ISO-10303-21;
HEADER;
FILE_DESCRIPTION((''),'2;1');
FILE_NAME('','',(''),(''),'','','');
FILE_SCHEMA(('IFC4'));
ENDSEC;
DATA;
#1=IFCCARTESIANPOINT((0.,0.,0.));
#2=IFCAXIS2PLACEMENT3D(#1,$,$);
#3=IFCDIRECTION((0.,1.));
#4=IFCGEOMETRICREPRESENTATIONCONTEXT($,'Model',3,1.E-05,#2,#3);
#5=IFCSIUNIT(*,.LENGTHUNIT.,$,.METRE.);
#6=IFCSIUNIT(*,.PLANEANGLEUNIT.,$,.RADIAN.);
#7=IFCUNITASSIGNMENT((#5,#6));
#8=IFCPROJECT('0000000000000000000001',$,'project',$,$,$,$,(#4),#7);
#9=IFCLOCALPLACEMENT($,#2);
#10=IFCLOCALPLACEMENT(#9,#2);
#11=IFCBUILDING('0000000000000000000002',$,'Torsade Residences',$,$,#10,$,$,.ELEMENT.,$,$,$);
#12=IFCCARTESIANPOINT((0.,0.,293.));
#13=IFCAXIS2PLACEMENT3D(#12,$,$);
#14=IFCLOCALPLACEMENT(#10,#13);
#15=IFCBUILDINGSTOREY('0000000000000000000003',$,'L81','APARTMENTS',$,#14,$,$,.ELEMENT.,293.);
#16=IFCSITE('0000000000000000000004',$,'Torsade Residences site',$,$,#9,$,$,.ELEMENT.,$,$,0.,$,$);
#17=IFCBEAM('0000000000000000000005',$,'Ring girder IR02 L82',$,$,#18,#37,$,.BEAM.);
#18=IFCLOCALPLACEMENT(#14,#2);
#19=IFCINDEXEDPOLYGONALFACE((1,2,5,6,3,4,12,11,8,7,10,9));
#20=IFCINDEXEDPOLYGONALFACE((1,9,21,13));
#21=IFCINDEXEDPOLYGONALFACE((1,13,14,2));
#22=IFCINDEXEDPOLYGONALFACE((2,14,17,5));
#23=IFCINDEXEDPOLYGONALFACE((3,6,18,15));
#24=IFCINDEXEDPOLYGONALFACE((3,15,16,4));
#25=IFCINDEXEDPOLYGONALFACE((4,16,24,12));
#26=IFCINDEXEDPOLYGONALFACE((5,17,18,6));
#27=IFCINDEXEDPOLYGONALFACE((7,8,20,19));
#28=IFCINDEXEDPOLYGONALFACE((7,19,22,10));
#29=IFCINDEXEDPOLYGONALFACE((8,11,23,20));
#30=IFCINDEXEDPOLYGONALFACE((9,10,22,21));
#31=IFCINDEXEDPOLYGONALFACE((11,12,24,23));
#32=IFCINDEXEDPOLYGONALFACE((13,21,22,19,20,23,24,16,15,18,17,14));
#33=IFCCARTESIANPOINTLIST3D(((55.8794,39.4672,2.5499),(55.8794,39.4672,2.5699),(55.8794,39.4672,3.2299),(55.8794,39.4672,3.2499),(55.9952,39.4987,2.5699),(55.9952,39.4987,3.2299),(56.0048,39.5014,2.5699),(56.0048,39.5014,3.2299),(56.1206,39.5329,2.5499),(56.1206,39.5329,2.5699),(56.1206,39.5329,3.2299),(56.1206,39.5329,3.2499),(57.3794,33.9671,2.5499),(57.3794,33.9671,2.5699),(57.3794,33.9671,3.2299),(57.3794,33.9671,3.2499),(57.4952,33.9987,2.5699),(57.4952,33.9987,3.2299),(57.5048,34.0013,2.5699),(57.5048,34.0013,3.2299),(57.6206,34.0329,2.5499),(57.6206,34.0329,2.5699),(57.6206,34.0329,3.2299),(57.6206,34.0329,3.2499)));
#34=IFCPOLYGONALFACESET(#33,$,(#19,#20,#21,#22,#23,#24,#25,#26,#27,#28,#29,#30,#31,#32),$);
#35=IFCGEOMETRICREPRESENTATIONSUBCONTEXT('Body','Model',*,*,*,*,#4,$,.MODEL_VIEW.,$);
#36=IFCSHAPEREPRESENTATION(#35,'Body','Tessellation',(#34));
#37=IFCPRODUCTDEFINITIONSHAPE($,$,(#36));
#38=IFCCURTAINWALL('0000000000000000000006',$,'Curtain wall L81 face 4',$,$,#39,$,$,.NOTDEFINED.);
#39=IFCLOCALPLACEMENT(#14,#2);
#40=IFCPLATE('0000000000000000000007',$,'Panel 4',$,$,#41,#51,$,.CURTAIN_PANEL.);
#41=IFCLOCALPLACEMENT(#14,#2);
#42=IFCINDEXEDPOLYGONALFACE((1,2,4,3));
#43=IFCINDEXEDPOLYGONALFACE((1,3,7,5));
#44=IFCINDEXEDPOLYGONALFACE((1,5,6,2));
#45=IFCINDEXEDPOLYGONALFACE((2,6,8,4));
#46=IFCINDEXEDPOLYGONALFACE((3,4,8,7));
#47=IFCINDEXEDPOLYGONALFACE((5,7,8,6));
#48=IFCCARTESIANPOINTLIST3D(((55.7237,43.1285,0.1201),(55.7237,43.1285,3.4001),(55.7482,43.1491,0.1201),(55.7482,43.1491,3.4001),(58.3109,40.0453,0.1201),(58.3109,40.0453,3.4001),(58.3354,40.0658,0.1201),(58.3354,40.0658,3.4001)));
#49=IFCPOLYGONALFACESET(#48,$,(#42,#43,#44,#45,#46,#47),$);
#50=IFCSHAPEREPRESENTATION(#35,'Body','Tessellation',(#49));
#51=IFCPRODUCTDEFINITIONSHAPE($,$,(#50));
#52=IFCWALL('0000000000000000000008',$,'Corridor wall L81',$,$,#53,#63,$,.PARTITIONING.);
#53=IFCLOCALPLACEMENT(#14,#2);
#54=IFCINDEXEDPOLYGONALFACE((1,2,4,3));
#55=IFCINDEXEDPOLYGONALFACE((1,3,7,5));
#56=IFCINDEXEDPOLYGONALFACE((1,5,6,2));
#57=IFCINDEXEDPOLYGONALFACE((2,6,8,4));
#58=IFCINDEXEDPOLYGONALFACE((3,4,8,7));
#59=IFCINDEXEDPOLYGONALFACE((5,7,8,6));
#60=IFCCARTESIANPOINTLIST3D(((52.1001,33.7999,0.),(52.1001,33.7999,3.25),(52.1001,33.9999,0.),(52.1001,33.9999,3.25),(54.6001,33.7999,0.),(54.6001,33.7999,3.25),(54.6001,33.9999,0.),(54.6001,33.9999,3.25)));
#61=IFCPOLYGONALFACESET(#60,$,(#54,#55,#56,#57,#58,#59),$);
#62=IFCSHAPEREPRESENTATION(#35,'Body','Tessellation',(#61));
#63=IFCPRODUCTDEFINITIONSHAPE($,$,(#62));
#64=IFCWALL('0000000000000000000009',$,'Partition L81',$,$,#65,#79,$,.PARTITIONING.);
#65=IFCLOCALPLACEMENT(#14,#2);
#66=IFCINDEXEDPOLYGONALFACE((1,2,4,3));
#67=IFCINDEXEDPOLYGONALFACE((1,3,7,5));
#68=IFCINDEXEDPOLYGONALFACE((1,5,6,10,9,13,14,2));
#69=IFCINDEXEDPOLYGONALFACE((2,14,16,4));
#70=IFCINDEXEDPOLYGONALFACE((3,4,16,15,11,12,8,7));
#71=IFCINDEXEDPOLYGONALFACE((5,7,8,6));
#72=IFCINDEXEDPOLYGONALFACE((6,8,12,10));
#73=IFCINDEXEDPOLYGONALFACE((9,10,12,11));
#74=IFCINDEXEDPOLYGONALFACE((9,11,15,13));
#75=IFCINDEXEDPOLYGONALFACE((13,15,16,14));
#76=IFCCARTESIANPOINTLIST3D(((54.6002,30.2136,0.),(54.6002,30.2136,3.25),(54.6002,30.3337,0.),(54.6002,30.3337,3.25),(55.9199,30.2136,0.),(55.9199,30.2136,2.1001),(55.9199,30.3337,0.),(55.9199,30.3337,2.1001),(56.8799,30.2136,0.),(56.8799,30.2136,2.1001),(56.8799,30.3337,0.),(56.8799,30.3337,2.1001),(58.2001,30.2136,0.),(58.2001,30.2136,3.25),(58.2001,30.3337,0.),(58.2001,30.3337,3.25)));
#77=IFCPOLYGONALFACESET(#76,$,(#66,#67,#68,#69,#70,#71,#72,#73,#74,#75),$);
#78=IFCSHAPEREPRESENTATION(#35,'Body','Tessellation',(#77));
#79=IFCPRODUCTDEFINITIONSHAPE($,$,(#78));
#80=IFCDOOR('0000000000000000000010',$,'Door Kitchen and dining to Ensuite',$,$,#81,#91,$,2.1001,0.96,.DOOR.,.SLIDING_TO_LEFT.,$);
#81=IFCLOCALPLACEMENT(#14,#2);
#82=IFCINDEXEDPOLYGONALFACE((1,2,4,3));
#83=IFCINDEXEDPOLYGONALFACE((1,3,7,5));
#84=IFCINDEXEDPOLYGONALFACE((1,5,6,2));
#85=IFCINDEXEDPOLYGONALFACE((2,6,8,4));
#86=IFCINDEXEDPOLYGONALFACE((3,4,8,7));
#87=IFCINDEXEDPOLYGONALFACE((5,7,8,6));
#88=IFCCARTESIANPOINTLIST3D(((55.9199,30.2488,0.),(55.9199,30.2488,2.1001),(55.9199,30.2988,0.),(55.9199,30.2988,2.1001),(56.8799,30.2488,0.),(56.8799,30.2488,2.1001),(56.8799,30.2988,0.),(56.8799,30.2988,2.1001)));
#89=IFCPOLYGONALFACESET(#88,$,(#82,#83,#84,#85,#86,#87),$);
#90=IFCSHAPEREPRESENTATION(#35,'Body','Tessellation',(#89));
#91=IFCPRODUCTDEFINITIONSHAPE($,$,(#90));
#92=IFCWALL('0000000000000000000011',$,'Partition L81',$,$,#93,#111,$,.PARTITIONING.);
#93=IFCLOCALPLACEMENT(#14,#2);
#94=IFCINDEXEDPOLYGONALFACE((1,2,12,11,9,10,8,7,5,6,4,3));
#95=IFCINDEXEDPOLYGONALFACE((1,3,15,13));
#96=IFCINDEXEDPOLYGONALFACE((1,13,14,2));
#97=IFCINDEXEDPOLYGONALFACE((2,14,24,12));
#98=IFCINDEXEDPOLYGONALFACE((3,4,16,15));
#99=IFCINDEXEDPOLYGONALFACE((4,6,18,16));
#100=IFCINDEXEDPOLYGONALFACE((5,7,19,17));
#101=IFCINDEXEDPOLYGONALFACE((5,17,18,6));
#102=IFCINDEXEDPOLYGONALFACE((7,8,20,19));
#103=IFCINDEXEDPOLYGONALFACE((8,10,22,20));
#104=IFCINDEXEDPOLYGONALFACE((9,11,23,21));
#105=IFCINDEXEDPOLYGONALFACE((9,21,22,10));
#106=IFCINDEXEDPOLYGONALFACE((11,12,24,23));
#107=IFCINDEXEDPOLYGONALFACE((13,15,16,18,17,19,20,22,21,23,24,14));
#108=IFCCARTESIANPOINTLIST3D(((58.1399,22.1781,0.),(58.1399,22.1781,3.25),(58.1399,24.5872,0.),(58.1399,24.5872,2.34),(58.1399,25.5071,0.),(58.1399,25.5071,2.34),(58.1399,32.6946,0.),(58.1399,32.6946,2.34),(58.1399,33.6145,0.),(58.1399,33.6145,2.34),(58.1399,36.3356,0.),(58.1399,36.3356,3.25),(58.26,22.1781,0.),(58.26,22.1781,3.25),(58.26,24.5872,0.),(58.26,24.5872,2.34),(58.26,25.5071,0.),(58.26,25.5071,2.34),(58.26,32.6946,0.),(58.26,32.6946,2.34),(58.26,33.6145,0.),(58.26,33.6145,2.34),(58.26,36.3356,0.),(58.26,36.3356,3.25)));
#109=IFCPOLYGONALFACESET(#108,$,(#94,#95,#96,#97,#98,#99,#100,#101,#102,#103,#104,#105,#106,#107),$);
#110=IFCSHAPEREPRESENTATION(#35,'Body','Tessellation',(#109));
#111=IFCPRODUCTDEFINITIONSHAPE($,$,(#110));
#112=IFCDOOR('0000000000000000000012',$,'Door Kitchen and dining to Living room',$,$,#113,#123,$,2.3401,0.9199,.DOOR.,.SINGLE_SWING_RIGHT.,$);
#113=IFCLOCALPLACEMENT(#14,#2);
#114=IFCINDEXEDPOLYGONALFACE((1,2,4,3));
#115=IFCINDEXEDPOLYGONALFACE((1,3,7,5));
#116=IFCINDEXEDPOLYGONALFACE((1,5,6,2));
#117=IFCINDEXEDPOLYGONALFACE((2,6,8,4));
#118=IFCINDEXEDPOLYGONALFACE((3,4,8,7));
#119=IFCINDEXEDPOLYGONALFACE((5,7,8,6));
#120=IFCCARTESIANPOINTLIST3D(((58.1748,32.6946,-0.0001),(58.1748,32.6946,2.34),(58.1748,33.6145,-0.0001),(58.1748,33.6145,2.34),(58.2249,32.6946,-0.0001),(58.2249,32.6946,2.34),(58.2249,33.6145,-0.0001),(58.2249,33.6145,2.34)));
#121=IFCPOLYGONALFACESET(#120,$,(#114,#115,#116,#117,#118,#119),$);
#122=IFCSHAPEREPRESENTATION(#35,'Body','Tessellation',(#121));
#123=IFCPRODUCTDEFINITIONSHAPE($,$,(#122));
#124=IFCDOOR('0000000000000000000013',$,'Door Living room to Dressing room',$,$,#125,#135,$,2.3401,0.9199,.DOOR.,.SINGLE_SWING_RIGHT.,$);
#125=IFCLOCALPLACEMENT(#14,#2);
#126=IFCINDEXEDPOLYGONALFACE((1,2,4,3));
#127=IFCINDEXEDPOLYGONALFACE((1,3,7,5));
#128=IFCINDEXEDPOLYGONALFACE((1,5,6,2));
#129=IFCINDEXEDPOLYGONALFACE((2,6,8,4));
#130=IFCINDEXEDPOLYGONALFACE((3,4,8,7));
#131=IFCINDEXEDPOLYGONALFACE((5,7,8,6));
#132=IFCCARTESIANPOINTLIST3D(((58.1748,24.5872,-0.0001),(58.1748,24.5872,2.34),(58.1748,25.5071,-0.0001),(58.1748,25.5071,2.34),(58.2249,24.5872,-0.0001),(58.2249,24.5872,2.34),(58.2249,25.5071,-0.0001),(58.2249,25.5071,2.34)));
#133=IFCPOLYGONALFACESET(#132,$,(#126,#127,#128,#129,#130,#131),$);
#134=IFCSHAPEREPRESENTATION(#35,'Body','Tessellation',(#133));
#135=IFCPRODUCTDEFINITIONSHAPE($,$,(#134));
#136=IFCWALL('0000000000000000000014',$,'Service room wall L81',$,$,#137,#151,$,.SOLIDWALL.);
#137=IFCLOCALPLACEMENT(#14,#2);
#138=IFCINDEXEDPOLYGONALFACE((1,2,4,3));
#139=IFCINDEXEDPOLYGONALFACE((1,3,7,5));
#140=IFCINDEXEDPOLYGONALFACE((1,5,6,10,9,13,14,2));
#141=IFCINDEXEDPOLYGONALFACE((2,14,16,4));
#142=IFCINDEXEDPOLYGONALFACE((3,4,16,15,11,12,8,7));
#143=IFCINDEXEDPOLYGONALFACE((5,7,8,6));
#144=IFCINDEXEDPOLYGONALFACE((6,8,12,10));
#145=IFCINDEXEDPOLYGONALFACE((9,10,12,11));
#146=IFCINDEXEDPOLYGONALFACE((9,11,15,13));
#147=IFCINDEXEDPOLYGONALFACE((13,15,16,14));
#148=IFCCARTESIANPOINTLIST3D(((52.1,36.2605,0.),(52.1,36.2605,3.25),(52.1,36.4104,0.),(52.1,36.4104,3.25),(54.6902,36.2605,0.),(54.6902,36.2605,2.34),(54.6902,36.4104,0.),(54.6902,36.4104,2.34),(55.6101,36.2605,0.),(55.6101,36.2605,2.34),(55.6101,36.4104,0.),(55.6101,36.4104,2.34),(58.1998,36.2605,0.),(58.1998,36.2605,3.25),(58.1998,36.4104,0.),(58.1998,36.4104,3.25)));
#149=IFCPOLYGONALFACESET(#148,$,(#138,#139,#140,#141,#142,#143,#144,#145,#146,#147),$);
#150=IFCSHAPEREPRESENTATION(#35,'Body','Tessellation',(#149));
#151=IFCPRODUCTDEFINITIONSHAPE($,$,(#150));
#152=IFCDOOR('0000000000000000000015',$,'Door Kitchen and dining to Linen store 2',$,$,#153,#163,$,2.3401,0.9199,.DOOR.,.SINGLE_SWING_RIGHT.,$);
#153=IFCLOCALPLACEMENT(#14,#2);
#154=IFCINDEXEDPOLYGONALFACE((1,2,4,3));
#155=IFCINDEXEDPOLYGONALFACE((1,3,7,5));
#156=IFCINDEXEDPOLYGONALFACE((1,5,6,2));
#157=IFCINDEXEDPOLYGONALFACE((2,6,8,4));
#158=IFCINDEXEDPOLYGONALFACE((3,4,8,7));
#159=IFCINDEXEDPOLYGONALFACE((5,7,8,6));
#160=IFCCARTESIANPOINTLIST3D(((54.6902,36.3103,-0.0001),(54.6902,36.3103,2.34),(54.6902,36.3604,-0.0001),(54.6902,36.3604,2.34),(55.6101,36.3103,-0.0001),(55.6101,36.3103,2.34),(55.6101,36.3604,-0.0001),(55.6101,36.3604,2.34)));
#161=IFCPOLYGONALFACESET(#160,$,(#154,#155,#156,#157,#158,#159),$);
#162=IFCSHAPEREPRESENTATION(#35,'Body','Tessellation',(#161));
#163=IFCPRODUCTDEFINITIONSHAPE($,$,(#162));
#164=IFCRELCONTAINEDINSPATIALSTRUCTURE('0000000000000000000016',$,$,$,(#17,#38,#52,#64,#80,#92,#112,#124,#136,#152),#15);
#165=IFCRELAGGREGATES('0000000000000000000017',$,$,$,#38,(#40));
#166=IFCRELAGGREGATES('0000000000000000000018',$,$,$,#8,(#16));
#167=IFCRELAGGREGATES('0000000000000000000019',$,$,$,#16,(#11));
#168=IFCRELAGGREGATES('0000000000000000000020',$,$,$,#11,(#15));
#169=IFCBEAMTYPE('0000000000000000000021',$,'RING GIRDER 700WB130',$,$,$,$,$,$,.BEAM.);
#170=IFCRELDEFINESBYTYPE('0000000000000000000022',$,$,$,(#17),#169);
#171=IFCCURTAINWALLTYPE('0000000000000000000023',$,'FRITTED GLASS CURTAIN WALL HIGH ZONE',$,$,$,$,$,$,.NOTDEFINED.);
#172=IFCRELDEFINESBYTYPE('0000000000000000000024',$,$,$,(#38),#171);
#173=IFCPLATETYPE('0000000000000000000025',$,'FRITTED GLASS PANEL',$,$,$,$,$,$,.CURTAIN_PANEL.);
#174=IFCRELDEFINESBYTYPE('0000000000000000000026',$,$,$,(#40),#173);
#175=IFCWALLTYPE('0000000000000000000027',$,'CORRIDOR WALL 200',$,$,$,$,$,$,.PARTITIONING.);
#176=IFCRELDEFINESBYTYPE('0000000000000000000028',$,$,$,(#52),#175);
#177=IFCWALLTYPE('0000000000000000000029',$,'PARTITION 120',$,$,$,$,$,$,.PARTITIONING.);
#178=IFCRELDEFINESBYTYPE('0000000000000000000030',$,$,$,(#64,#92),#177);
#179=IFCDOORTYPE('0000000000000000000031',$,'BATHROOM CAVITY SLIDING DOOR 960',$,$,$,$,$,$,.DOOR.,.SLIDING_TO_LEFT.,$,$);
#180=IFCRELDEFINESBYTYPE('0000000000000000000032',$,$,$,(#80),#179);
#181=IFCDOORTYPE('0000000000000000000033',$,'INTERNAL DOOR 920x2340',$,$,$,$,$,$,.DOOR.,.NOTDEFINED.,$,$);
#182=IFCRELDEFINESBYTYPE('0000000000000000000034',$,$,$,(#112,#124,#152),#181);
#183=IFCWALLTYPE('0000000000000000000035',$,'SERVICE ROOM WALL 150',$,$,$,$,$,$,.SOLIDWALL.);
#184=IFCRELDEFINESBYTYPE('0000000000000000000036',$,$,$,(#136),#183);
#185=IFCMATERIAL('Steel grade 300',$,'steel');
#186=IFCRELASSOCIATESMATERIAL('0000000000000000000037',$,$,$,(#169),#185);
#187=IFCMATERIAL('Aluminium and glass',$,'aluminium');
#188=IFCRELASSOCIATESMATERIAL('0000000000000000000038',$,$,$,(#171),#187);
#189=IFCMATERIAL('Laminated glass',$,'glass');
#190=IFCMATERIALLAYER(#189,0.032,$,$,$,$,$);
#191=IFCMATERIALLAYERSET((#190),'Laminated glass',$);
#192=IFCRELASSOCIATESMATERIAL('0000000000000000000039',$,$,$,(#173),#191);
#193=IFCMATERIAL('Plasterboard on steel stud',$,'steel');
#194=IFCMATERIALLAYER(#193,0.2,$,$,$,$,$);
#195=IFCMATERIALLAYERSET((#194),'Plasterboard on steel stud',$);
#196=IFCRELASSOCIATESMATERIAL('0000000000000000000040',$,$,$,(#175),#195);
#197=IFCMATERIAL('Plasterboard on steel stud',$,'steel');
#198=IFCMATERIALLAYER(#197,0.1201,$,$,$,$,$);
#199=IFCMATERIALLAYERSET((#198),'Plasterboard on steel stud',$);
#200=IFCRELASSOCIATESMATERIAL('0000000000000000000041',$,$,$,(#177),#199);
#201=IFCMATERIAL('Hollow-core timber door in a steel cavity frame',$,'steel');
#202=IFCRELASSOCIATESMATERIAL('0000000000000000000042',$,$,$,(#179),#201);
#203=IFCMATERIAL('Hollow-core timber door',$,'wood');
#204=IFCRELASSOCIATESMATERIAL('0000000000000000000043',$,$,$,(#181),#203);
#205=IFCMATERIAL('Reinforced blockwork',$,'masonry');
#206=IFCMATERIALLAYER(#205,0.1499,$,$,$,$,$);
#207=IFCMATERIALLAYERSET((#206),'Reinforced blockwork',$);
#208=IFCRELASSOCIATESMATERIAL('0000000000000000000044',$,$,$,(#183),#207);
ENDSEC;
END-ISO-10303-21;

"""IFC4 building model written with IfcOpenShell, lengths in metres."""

from ifc_helpers import new_model, si_unit, direction, frame, frame_2d, origin, origin_2d, place, context, subcontext, project, spatial, rectangle, i_section, extrude, material, layer, layer_set, material_profile, profile_set, type_object, element, fill, aggregate, save


model = new_model("IFC4")

# Units and contexts
model_context = context("Model", 3, precision=1e-05, world=origin(), true_north=direction((0.0, 1.0)))
body_context = subcontext(model_context, "Body", "Model", "MODEL_VIEW")
ifc_project = project(units=[si_unit("LENGTHUNIT", "METRE"), si_unit("PLANEANGLEUNIT", "RADIAN")], contexts=[model_context])

# Site, building, storey
site_placement = place(None, origin())
site = spatial("IfcSite", under=ifc_project, at=site_placement, Name="Torsade Residences site", CompositionType="ELEMENT", RefElevation=0.0)
building_placement = place(site_placement, origin())
building = spatial("IfcBuilding", under=site, at=building_placement, Name="Torsade Residences", CompositionType="ELEMENT")
storey_placement = place(building_placement, frame((0.0, 0.0, 293.0)))
storey = spatial("IfcBuildingStorey", under=building, at=storey_placement, Name="L81", Description="APARTMENTS", CompositionType="ELEMENT", Elevation=293.0)

# Beam
ifc_material_1 = material(Name="Steel grade 300", Category="steel")
ifc_material_profile_1 = material_profile(ifc_material_1, i_section(OverallWidth=0.25, OverallDepth=0.7, WebThickness=0.01, FlangeThickness=0.02, at=origin_2d()), Name="700WB130")
ifc_profile_set_1 = profile_set([ifc_material_profile_1], Name="Steel grade 300")
beam_type_1 = type_object("IfcBeamType", Name="RING GIRDER 700WB130", PredefinedType="BEAM", material=ifc_profile_set_1)
beam_1_placement = place(storey_placement, frame((57.5, 34.0, 2.8999), z_axis=(-0.263117, 0.964764, 0.0), x_axis=(-0.964764, -0.263117, 0.0)))
element("IfcBeam", 1, at=beam_1_placement, inside=storey, type_object=beam_type_1, Name="Ring girder IR02 L82", PredefinedType="BEAM", context=body_context, shape_type="SweptSolid", body=[
    extrude(i_section(OverallWidth=0.25, OverallDepth=0.7, WebThickness=0.01, FlangeThickness=0.02, at=origin_2d()), origin(), (0.0, 0.0, 1.0), 5.7009),
])

# Curtain wall, plate
ifc_material_2 = material(Name="Aluminium and glass", Category="aluminium")
curtain_wall_type = type_object("IfcCurtainWallType", Name="FRITTED GLASS CURTAIN WALL HIGH ZONE", PredefinedType="NOTDEFINED", material=ifc_material_2)
curtain_wall_placement = place(storey_placement, origin())
curtain_wall = element("IfcCurtainWall", 2, at=curtain_wall_placement, inside=storey, type_object=curtain_wall_type, Name="Curtain wall L81 face 4", PredefinedType="NOTDEFINED")
ifc_material_3 = material(Name="Laminated glass", Category="glass")
ifc_layer_1 = layer(ifc_material_3, 0.032)
ifc_layer_set_1 = layer_set([ifc_layer_1], Name="Laminated glass")
plate_type = type_object("IfcPlateType", Name="FRITTED GLASS PANEL", PredefinedType="CURTAIN_PANEL", material=ifc_layer_set_1)
plate_placement = place(storey_placement, frame((57.0295, 41.5972, 0.1201), z_axis=(0.0, 0.0, 1.0), x_axis=(-0.642788, 0.766044, 0.0)))
plate = element("IfcPlate", 3, at=plate_placement, type_object=plate_type, Name="Panel 4", PredefinedType="CURTAIN_PANEL", context=body_context, shape_type="SweptSolid", body=[
    extrude(rectangle(XDim=4.0249, YDim=0.032, at=origin_2d()), origin(), (0.0, 0.0, 1.0), 3.28),
])
aggregate(curtain_wall, [plate])

# Wall
ifc_material_4 = material(Name="Plasterboard on steel stud", Category="steel")
ifc_layer_2 = layer(ifc_material_4, 0.2)
ifc_layer_set_2 = layer_set([ifc_layer_2], Name="Plasterboard on steel stud")
wall_type_1 = type_object("IfcWallType", Name="CORRIDOR WALL 200", PredefinedType="PARTITIONING", material=ifc_layer_set_2)
wall_1_placement = place(storey_placement, frame((52.1001, 33.8999, 0.0), z_axis=(0.0, 0.0, 1.0), x_axis=(1.0, 0.0, 0.0)))
element("IfcWall", 4, at=wall_1_placement, inside=storey, type_object=wall_type_1, Name="Corridor wall L81", PredefinedType="PARTITIONING", context=body_context, shape_type="SweptSolid", body=[
    extrude(rectangle(XDim=2.5, YDim=0.2, at=frame_2d((1.25, 0.0))), origin(), (0.0, 0.0, 1.0), 3.25),
])

# Wall, opening, door
ifc_material_5 = material(Name="Plasterboard on steel stud", Category="steel")
ifc_layer_3 = layer(ifc_material_5, 0.1201)
ifc_layer_set_3 = layer_set([ifc_layer_3], Name="Plasterboard on steel stud")
wall_type_2 = type_object("IfcWallType", Name="PARTITION 120", PredefinedType="PARTITIONING", material=ifc_layer_set_3)
wall_2_placement = place(storey_placement, frame((58.2, 30.2737, 0.0), z_axis=(0.0, 0.0, 1.0), x_axis=(-1.0, 0.0, 0.0)))
wall_2 = element("IfcWall", 5, at=wall_2_placement, inside=storey, type_object=wall_type_2, Name="Partition L81", PredefinedType="PARTITIONING", context=body_context, shape_type="SweptSolid", body=[
    extrude(rectangle(XDim=3.5999, YDim=0.1201, at=frame_2d((1.7998, 0.0))), origin(), (0.0, 0.0, 1.0), 3.25),
])
opening_1_placement = place(wall_2_placement, frame((1.3201, 0.0, 0.0)))
opening_1 = element("IfcOpeningElement", 6, at=opening_1_placement, cuts=wall_2, PredefinedType="OPENING", context=body_context, shape_type="SweptSolid", body=[
    extrude(rectangle(XDim=0.96, YDim=2.1001, at=frame_2d((0.48, 1.05))), frame((0.0, 0.0701, 0.0), z_axis=(0.0, -1.0, 0.0), x_axis=(1.0, 0.0, 0.0)), (0.0, 0.0, 1.0), 0.1401),
])
ifc_material_6 = material(Name="Hollow-core timber door in a steel cavity frame", Category="steel")
door_type_1 = type_object("IfcDoorType", Name="BATHROOM CAVITY SLIDING DOOR 960", OperationType="SLIDING_TO_LEFT", PredefinedType="DOOR", material=ifc_material_6)
door_1_placement = place(opening_1_placement, origin())
door_1 = element("IfcDoor", 7, at=door_1_placement, inside=storey, type_object=door_type_1, Name="Door Kitchen and dining to Ensuite", OperationType="SLIDING_TO_LEFT", OverallHeight=2.1001, OverallWidth=0.96, PredefinedType="DOOR", context=body_context, shape_type="SweptSolid", body=[
    extrude(rectangle(XDim=0.96, YDim=2.1001, at=frame_2d((0.48, 1.05))), frame((0.0, 0.0249, 0.0), z_axis=(0.0, -1.0, 0.0), x_axis=(1.0, 0.0, 0.0)), (0.0, 0.0, 1.0), 0.05),
])
fill(opening_1, door_1)

# Wall, openings, doors
wall_3_placement = place(storey_placement, frame((58.2, 36.3354, 0.0), z_axis=(0.0, 0.0, 1.0), x_axis=(0.0, -1.0, 0.0)))
wall_3 = element("IfcWall", 8, at=wall_3_placement, inside=storey, type_object=wall_type_2, Name="Partition L81", PredefinedType="PARTITIONING", context=body_context, shape_type="SweptSolid", body=[
    extrude(rectangle(XDim=14.1575, YDim=0.1201, at=frame_2d((7.0786, 0.0))), origin(), (0.0, 0.0, 1.0), 3.25),
])
opening_2_placement = place(wall_3_placement, frame((2.7209, 0.0, 0.0)))
opening_2 = element("IfcOpeningElement", 9, at=opening_2_placement, cuts=wall_3, PredefinedType="OPENING", context=body_context, shape_type="SweptSolid", body=[
    extrude(rectangle(XDim=0.9199, YDim=2.3401, at=frame_2d((0.46, 1.1699))), frame((0.0, 0.0701, 0.0), z_axis=(0.0, -1.0, 0.0), x_axis=(1.0, 0.0, 0.0)), (0.0, 0.0, 1.0), 0.1401),
])
opening_3_placement = place(wall_3_placement, frame((10.8284, 0.0, 0.0)))
opening_3 = element("IfcOpeningElement", 10, at=opening_3_placement, cuts=wall_3, PredefinedType="OPENING", context=body_context, shape_type="SweptSolid", body=[
    extrude(rectangle(XDim=0.9199, YDim=2.3401, at=frame_2d((0.46, 1.1699))), frame((0.0, 0.0701, 0.0), z_axis=(0.0, -1.0, 0.0), x_axis=(1.0, 0.0, 0.0)), (0.0, 0.0, 1.0), 0.1401),
])
ifc_material_7 = material(Name="Hollow-core timber door", Category="wood")
door_type_2 = type_object("IfcDoorType", Name="INTERNAL DOOR 920x2340", OperationType="NOTDEFINED", PredefinedType="DOOR", material=ifc_material_7)
door_2_placement = place(opening_2_placement, origin())
door_2 = element("IfcDoor", 11, at=door_2_placement, inside=storey, type_object=door_type_2, Name="Door Kitchen and dining to Living room", OperationType="SINGLE_SWING_RIGHT", OverallHeight=2.3401, OverallWidth=0.9199, PredefinedType="DOOR", context=body_context, shape_type="SweptSolid", body=[
    extrude(rectangle(XDim=0.9199, YDim=2.3401, at=frame_2d((0.46, 1.1699))), frame((0.0, 0.0249, 0.0), z_axis=(0.0, -1.0, 0.0), x_axis=(1.0, 0.0, 0.0)), (0.0, 0.0, 1.0), 0.05),
])
fill(opening_2, door_2)
door_3_placement = place(opening_3_placement, origin())
door_3 = element("IfcDoor", 12, at=door_3_placement, inside=storey, type_object=door_type_2, Name="Door Living room to Dressing room", OperationType="SINGLE_SWING_RIGHT", OverallHeight=2.3401, OverallWidth=0.9199, PredefinedType="DOOR", context=body_context, shape_type="SweptSolid", body=[
    extrude(rectangle(XDim=0.9199, YDim=2.3401, at=frame_2d((0.46, 1.1699))), frame((0.0, 0.0249, 0.0), z_axis=(0.0, -1.0, 0.0), x_axis=(1.0, 0.0, 0.0)), (0.0, 0.0, 1.0), 0.05),
])
fill(opening_3, door_3)

# Wall, opening, door
ifc_material_8 = material(Name="Reinforced blockwork", Category="masonry")
ifc_layer_4 = layer(ifc_material_8, 0.1499)
ifc_layer_set_4 = layer_set([ifc_layer_4], Name="Reinforced blockwork")
wall_type_3 = type_object("IfcWallType", Name="SERVICE ROOM WALL 150", PredefinedType="SOLIDWALL", material=ifc_layer_set_4)
wall_4_placement = place(storey_placement, frame((52.1001, 36.3354, 0.0), z_axis=(0.0, 0.0, 1.0), x_axis=(1.0, 0.0, 0.0)))
wall_4 = element("IfcWall", 13, at=wall_4_placement, inside=storey, type_object=wall_type_3, Name="Service room wall L81", PredefinedType="SOLIDWALL", context=body_context, shape_type="SweptSolid", body=[
    extrude(rectangle(XDim=6.0999, YDim=0.1499, at=frame_2d((3.0498, 0.0))), origin(), (0.0, 0.0, 1.0), 3.25),
])
opening_4_placement = place(wall_4_placement, frame((2.5901, 0.0, 0.0)))
opening_4 = element("IfcOpeningElement", 14, at=opening_4_placement, cuts=wall_4, PredefinedType="OPENING", context=body_context, shape_type="SweptSolid", body=[
    extrude(rectangle(XDim=0.9199, YDim=2.3401, at=frame_2d((0.46, 1.1699))), frame((0.0, 0.085, 0.0), z_axis=(0.0, -1.0, 0.0), x_axis=(1.0, 0.0, 0.0)), (0.0, 0.0, 1.0), 0.1699),
])
door_4_placement = place(opening_4_placement, origin())
door_4 = element("IfcDoor", 15, at=door_4_placement, inside=storey, type_object=door_type_2, Name="Door Kitchen and dining to Linen store 2", OperationType="SINGLE_SWING_RIGHT", OverallHeight=2.3401, OverallWidth=0.9199, PredefinedType="DOOR", context=body_context, shape_type="SweptSolid", body=[
    extrude(rectangle(XDim=0.9199, YDim=2.3401, at=frame_2d((0.46, 1.1699))), frame((0.0, 0.0249, 0.0), z_axis=(0.0, -1.0, 0.0), x_axis=(1.0, 0.0, 0.0)), (0.0, 0.0, 1.0), 0.05),
])
fill(opening_4, door_4)

save(model, "model.ifc")
